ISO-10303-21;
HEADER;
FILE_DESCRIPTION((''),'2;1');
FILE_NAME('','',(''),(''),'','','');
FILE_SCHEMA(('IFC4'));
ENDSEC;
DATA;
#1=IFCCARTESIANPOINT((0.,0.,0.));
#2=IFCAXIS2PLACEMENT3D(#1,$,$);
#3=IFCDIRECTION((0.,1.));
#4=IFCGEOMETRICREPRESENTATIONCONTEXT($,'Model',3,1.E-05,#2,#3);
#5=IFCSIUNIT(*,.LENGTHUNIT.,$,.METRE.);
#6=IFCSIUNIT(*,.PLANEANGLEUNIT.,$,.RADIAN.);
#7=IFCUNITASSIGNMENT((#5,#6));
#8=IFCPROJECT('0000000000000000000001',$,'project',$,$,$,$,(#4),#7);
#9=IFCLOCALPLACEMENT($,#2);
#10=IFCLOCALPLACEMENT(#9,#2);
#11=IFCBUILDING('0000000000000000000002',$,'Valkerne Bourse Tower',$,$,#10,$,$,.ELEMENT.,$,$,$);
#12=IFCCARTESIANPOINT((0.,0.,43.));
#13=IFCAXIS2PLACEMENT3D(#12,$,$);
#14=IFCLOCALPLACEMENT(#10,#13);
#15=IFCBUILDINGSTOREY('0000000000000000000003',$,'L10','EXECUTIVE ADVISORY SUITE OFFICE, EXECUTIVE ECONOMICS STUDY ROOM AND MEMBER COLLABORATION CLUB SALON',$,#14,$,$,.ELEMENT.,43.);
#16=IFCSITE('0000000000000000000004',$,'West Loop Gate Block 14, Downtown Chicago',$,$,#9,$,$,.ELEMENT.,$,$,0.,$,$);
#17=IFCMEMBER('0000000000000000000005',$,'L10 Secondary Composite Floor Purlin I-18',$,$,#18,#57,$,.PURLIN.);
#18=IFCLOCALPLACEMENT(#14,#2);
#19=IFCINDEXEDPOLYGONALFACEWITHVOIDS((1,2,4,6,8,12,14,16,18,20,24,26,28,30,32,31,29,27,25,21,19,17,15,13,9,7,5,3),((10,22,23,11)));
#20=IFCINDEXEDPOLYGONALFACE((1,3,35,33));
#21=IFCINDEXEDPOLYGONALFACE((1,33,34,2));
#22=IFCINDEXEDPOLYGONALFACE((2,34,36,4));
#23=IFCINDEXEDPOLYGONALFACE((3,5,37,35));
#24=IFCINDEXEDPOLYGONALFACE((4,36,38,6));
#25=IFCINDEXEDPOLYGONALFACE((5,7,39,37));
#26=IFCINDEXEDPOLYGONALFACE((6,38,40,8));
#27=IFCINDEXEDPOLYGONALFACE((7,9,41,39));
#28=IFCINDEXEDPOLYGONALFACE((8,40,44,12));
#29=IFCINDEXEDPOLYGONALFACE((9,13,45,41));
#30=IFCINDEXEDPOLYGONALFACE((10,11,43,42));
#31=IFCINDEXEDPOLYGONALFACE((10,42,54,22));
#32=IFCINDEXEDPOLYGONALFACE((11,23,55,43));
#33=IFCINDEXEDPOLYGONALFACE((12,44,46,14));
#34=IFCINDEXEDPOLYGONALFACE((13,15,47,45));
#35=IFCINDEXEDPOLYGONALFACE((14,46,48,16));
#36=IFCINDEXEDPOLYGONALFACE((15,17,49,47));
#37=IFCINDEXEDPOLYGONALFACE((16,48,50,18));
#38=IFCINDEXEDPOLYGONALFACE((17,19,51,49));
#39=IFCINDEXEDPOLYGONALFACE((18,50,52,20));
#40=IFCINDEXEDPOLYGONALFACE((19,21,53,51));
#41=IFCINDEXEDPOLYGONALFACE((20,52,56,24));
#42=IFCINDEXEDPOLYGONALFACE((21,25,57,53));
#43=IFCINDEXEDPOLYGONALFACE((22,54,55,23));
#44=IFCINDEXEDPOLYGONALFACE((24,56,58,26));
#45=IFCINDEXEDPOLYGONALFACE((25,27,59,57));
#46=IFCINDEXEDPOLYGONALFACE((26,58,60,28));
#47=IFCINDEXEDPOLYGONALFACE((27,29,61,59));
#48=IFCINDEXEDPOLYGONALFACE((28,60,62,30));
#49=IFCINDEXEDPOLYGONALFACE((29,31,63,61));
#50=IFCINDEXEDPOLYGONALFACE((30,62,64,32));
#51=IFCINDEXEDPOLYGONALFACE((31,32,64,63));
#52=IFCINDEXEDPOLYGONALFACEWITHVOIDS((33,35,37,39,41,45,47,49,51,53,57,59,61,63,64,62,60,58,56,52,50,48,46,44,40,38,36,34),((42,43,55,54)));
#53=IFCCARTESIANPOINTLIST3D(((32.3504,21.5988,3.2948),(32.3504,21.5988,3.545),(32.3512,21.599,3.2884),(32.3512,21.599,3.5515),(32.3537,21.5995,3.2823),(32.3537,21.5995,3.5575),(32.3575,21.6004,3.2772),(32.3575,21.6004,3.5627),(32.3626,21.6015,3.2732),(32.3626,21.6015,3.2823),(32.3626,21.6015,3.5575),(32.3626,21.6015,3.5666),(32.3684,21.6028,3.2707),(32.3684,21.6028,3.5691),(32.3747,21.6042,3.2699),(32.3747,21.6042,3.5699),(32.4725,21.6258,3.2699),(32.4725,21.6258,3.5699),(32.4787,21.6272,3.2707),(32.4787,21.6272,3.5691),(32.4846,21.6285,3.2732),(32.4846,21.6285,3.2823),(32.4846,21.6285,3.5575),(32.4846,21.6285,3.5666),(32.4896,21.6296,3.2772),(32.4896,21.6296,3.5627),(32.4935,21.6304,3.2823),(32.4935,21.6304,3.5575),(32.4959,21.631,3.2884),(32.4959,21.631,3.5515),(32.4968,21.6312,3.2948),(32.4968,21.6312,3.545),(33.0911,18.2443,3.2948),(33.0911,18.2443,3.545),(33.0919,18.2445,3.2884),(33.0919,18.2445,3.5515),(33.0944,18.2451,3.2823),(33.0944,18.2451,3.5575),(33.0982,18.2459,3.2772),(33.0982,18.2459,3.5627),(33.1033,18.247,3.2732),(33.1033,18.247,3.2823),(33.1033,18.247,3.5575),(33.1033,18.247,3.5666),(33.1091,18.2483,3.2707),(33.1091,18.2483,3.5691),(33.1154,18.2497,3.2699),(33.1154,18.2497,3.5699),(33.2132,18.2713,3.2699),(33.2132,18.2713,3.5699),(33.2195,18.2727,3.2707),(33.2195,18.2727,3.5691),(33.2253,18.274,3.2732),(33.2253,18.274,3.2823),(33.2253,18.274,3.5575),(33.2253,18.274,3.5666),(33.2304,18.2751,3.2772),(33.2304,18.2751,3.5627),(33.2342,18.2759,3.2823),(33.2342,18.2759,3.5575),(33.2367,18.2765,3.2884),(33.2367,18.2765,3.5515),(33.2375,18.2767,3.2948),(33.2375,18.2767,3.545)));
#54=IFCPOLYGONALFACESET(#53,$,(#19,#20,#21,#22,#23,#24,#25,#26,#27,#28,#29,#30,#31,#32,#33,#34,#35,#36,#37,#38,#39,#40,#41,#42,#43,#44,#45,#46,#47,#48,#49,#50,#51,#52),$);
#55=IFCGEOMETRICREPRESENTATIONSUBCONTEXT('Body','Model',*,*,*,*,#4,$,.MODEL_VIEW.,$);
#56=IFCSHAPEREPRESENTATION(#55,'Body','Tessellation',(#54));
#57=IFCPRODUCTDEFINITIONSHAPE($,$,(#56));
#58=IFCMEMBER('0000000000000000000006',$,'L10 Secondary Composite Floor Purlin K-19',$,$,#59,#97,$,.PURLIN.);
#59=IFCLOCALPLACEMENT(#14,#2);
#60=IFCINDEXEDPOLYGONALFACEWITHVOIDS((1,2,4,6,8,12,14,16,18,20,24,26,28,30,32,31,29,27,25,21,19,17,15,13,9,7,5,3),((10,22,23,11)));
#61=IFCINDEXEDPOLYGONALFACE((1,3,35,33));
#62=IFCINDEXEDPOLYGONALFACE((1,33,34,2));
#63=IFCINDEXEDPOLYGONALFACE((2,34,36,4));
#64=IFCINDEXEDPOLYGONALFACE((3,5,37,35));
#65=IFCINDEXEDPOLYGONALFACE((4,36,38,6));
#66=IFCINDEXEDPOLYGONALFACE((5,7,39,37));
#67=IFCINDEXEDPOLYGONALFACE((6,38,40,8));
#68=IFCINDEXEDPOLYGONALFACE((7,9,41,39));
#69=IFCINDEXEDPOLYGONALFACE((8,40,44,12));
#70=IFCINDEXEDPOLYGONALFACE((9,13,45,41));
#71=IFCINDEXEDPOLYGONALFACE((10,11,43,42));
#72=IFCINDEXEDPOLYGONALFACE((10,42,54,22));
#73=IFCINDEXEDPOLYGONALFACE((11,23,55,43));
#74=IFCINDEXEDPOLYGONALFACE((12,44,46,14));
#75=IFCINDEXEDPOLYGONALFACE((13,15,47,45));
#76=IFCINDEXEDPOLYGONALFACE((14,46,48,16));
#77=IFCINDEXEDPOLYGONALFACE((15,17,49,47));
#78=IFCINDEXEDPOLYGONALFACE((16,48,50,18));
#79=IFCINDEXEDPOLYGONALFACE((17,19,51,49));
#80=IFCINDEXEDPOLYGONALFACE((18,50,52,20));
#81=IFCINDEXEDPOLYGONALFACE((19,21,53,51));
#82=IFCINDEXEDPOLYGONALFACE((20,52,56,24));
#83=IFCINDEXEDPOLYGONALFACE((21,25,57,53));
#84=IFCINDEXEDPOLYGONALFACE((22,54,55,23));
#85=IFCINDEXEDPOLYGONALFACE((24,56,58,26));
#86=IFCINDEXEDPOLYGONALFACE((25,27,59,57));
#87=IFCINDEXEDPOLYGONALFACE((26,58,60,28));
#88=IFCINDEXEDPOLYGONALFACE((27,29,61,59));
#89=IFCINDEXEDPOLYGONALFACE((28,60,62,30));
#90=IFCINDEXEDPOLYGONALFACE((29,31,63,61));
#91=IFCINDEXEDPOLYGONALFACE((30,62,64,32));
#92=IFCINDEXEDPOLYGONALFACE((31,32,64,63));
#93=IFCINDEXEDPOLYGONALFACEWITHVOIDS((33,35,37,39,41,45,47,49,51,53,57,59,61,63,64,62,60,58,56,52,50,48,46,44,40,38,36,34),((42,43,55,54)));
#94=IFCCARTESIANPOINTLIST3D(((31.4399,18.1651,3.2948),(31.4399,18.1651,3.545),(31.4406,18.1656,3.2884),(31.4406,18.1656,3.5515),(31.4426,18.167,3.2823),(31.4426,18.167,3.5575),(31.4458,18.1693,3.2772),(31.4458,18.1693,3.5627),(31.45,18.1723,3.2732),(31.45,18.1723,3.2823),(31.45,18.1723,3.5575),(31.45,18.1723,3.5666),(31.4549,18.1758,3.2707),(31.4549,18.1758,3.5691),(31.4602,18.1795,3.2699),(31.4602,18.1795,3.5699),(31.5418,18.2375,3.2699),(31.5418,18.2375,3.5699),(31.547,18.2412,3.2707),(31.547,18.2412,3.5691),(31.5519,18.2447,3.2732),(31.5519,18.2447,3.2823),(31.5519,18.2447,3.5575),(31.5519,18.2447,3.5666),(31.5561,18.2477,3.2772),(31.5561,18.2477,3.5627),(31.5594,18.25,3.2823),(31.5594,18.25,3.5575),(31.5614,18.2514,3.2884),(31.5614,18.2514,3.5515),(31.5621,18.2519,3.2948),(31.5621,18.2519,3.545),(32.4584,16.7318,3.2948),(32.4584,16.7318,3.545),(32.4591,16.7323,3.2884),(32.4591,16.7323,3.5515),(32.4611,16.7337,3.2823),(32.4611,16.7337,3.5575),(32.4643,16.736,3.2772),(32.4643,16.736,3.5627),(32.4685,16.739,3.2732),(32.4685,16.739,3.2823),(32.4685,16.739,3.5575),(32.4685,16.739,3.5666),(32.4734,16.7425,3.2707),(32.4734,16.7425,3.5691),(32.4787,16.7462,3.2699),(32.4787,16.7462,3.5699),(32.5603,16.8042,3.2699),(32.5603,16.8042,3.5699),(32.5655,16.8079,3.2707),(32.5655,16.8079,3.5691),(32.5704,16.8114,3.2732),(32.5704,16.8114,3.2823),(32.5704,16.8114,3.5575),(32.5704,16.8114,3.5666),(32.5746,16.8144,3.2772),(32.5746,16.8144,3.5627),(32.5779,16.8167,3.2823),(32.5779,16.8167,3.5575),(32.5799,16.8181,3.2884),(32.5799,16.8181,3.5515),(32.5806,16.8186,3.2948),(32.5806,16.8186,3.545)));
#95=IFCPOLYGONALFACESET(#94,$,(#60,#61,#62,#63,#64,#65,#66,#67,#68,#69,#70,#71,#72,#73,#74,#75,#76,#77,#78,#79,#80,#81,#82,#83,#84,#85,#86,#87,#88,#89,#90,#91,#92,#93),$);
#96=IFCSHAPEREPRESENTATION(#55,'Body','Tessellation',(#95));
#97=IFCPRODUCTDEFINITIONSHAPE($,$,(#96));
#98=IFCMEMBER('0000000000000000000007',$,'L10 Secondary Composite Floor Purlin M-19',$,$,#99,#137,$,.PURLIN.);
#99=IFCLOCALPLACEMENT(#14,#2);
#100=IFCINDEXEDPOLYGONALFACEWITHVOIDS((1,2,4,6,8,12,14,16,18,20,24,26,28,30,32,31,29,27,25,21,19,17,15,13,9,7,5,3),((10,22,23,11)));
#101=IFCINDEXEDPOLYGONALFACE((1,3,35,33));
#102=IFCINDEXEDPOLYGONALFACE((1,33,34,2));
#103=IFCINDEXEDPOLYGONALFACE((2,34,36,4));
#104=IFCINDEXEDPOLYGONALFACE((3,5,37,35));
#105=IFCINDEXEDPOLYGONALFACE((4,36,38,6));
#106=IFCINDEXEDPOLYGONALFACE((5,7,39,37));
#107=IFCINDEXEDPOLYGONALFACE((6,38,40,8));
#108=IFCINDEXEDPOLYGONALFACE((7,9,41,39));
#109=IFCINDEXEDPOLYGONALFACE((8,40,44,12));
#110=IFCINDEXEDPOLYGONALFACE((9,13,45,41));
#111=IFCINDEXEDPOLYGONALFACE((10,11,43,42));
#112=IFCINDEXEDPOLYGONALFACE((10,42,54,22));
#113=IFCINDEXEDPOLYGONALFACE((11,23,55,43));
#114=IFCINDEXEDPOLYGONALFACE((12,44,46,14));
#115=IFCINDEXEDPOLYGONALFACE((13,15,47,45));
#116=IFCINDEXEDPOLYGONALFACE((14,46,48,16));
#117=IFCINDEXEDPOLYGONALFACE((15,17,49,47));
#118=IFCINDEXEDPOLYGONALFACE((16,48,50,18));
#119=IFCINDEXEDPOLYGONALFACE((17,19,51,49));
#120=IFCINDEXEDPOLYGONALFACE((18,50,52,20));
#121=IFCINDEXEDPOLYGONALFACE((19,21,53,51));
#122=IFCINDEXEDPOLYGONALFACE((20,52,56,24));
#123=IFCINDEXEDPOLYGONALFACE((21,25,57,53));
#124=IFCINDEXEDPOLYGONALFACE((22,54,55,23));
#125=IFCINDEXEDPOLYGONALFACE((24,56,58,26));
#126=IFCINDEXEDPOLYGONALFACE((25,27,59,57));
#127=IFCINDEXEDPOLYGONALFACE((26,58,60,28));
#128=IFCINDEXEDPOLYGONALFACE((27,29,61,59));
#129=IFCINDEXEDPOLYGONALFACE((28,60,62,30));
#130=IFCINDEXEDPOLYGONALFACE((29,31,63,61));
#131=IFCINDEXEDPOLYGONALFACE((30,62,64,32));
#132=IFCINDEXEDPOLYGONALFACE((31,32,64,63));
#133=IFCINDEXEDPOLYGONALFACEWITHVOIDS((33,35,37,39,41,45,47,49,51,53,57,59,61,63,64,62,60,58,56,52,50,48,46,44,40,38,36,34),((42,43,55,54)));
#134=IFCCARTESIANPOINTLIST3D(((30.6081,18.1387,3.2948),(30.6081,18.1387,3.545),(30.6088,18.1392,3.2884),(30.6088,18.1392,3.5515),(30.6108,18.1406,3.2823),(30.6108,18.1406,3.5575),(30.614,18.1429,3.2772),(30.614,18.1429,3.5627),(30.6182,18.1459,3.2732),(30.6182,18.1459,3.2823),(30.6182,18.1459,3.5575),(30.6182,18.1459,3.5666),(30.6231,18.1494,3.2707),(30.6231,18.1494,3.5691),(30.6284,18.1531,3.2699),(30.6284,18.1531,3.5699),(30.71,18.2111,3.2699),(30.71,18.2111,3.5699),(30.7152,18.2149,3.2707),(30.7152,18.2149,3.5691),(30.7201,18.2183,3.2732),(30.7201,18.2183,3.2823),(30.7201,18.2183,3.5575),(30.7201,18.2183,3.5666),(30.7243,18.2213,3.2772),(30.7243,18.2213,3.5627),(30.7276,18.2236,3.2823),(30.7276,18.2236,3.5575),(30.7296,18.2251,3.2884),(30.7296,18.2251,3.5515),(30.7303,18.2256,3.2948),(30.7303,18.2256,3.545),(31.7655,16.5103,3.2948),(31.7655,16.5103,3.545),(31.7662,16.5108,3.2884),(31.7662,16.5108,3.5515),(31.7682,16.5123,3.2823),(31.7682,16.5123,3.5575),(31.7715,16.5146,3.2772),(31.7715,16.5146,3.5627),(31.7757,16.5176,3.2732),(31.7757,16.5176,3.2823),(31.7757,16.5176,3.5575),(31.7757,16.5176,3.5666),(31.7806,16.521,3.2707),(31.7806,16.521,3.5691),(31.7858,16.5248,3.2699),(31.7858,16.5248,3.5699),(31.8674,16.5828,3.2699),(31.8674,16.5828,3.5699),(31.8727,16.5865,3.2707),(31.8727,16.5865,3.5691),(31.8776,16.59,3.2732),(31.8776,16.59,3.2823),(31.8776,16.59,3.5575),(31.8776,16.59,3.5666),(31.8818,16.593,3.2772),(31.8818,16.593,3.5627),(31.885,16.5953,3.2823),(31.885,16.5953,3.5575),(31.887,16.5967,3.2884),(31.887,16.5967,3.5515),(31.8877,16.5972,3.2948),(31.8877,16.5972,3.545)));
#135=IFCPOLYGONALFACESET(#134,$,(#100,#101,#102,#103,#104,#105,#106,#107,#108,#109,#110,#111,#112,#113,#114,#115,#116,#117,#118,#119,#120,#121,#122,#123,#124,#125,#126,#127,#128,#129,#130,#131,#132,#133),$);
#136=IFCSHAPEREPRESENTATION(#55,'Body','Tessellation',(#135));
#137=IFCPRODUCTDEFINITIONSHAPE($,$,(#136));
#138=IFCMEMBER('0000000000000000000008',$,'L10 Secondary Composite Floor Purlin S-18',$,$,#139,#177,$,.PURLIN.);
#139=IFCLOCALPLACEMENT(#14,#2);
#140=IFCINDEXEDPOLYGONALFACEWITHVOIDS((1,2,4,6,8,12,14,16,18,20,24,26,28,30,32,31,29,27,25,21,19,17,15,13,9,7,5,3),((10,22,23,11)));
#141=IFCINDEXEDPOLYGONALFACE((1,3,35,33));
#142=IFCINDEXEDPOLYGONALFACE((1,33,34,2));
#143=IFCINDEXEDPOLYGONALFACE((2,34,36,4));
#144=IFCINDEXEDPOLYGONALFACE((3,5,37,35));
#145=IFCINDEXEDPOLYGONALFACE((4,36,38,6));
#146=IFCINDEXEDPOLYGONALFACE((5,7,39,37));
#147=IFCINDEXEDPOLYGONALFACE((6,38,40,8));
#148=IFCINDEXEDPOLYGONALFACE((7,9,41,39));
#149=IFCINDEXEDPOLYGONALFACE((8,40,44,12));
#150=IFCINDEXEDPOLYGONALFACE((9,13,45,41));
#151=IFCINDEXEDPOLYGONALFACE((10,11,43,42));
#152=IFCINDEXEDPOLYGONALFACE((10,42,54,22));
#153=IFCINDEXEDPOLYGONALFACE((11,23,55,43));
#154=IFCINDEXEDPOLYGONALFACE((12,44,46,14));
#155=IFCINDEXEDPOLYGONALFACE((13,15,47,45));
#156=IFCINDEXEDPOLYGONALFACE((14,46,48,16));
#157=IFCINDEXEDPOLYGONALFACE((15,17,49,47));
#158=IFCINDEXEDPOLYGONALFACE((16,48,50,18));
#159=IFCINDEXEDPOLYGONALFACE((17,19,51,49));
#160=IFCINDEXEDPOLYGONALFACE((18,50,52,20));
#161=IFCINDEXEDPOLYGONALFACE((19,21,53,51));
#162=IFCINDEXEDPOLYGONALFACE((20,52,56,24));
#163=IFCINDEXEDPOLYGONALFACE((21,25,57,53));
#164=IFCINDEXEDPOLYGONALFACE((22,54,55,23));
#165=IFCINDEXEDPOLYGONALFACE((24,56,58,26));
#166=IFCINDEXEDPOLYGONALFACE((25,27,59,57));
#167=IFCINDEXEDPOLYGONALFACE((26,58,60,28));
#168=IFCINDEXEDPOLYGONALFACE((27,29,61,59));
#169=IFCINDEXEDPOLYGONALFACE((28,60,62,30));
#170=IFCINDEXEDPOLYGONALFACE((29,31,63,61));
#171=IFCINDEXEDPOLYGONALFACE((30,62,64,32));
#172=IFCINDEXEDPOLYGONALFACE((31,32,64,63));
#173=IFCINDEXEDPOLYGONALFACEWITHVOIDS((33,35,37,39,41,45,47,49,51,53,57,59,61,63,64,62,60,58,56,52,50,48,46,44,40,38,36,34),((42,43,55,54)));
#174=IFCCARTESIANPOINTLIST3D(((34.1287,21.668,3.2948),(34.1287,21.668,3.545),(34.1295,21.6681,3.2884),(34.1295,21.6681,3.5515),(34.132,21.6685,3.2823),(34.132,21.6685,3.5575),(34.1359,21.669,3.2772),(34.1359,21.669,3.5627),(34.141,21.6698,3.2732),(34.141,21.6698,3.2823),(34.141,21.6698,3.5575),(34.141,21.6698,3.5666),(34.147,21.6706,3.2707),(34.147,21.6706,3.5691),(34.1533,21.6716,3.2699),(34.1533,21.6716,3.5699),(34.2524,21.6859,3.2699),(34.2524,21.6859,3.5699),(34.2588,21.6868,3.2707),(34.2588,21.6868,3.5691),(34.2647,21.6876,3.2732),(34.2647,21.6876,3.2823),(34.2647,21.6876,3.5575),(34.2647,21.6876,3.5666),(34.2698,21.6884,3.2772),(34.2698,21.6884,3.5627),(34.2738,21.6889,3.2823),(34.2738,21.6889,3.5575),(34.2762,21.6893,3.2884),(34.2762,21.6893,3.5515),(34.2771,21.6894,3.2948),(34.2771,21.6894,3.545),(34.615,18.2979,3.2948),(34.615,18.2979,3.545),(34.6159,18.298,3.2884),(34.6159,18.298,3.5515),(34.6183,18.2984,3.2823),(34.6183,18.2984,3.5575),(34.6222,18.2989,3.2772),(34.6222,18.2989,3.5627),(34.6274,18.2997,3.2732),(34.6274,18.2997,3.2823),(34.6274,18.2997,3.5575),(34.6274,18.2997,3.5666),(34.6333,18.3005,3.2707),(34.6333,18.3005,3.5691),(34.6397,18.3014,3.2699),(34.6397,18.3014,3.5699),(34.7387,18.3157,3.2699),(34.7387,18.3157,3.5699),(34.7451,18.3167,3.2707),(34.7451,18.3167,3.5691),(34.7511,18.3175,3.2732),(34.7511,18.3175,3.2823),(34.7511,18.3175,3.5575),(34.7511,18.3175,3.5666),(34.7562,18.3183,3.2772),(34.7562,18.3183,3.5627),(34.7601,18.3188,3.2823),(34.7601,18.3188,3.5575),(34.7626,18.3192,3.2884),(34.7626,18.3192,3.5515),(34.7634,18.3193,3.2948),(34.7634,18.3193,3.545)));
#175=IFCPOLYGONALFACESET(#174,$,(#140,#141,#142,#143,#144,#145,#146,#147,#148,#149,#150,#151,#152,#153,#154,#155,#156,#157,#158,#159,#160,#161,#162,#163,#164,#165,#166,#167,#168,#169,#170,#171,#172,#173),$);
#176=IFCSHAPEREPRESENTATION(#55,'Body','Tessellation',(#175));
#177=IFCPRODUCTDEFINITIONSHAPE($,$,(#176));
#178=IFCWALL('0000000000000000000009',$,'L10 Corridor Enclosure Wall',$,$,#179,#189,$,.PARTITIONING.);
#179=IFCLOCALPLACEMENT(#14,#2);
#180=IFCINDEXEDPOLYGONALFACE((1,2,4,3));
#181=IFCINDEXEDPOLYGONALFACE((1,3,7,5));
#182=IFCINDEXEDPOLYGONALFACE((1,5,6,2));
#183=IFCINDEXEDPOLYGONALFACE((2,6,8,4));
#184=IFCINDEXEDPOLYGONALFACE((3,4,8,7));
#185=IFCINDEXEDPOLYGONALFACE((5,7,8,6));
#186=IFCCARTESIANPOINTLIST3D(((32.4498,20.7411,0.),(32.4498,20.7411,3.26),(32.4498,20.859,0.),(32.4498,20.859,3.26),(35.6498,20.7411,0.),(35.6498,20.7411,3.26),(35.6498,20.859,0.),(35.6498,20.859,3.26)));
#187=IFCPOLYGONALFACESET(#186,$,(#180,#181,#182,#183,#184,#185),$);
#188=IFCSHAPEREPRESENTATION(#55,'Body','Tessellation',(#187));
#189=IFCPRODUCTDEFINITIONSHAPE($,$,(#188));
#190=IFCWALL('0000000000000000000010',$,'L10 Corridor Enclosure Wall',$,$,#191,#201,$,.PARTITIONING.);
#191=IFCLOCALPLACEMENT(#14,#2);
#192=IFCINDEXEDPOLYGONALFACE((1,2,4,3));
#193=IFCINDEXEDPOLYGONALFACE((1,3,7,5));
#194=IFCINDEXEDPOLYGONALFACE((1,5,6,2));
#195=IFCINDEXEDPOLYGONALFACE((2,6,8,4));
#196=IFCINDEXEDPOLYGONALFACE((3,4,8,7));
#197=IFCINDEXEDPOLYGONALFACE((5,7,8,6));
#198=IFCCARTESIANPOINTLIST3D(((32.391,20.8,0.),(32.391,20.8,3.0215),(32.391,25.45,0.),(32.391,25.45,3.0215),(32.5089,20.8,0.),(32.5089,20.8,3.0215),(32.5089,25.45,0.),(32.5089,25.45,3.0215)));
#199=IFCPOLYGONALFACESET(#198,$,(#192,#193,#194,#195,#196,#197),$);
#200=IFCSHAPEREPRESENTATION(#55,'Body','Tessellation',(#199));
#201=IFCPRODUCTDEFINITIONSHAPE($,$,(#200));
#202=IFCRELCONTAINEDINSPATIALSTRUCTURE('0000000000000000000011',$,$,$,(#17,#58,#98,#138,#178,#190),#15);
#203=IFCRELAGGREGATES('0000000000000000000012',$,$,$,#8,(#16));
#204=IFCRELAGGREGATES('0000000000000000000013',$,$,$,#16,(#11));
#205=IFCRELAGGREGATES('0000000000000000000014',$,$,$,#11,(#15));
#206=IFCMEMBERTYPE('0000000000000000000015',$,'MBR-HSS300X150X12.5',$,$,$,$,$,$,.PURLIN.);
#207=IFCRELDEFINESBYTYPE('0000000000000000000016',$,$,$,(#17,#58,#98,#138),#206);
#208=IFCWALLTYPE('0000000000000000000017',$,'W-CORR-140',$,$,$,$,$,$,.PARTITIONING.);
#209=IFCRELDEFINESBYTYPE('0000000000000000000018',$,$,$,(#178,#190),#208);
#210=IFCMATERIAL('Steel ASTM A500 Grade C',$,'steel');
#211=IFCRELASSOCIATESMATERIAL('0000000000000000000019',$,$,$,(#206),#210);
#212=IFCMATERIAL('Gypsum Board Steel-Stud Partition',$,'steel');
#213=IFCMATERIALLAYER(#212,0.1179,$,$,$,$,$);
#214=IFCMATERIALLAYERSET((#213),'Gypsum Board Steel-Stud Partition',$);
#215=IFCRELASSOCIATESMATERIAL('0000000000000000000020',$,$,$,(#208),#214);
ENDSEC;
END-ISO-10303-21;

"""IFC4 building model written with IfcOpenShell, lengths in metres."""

from ifc_helpers import new_model, si_unit, direction, frame, frame_2d, origin, origin_2d, place, context, subcontext, project, spatial, rectangle, hollow_rectangle, extrude, material, layer, layer_set, material_profile, profile_set, type_object, element, save


model = new_model("IFC4")

# Units and contexts
model_context = context("Model", 3, precision=1e-05, world=origin(), true_north=direction((0.0, 1.0)))
body_context = subcontext(model_context, "Body", "Model", "MODEL_VIEW")
ifc_project = project(units=[si_unit("LENGTHUNIT", "METRE"), si_unit("PLANEANGLEUNIT", "RADIAN")], contexts=[model_context])

# Site, building, storey
site_placement = place(None, origin())
site = spatial("IfcSite", under=ifc_project, at=site_placement, Name="West Loop Gate Block 14, Downtown Chicago", CompositionType="ELEMENT", RefElevation=0.0)
building_placement = place(site_placement, origin())
building = spatial("IfcBuilding", under=site, at=building_placement, Name="Valkerne Bourse Tower", CompositionType="ELEMENT")
storey_placement = place(building_placement, frame((0.0, 0.0, 43.0)))
storey = spatial("IfcBuildingStorey", under=building, at=storey_placement, Name="L10", Description="EXECUTIVE ADVISORY SUITE OFFICE, EXECUTIVE ECONOMICS STUDY ROOM AND MEMBER COLLABORATION CLUB SALON", CompositionType="ELEMENT", Elevation=43.0)

# Members
ifc_material_1 = material(Name="Steel ASTM A500 Grade C", Category="steel")
ifc_material_profile = material_profile(ifc_material_1, hollow_rectangle(XDim=0.1499, YDim=0.3, WallThickness=0.0125, OuterFilletRadius=0.0249, at=origin_2d()), Name="HSS300X150X12.5")
ifc_profile_set = profile_set([ifc_material_profile], Name="Steel ASTM A500 Grade C")
member_type = type_object("IfcMemberType", Name="MBR-HSS300X150X12.5", PredefinedType="PURLIN", material=ifc_profile_set)
member_1_placement = place(storey_placement, frame((32.4236, 21.615, 3.4199), z_axis=(0.215621, -0.976477, 0.0), x_axis=(0.976477, 0.215621, 0.0)))
element("IfcMember", 1, at=member_1_placement, inside=storey, type_object=member_type, Name="L10 Secondary Composite Floor Purlin I-18", PredefinedType="PURLIN", context=body_context, shape_type="SweptSolid", body=[
    extrude(hollow_rectangle(XDim=0.1499, YDim=0.3, WallThickness=0.0125, OuterFilletRadius=0.0249, at=origin_2d()), origin(), (0.0, 0.0, 1.0), 3.4353),
])
member_2_placement = place(storey_placement, frame((31.501, 18.2085, 3.4199), z_axis=(0.579253, -0.815148, 0.0), x_axis=(0.815148, 0.579253, 0.0)))
element("IfcMember", 2, at=member_2_placement, inside=storey, type_object=member_type, Name="L10 Secondary Composite Floor Purlin K-19", PredefinedType="PURLIN", context=body_context, shape_type="SweptSolid", body=[
    extrude(hollow_rectangle(XDim=0.1499, YDim=0.3, WallThickness=0.0125, OuterFilletRadius=0.0249, at=origin_2d()), origin(), (0.0, 0.0, 1.0), 1.7583),
])
member_3_placement = place(storey_placement, frame((30.6692, 18.1821, 3.4199), z_axis=(0.579352, -0.815077, 0.0), x_axis=(0.815077, 0.579352, 0.0)))
element("IfcMember", 3, at=member_3_placement, inside=storey, type_object=member_type, Name="L10 Secondary Composite Floor Purlin M-19", PredefinedType="PURLIN", context=body_context, shape_type="SweptSolid", body=[
    extrude(hollow_rectangle(XDim=0.1499, YDim=0.3, WallThickness=0.0125, OuterFilletRadius=0.0249, at=origin_2d()), origin(), (0.0, 0.0, 1.0), 1.9978),
])
member_4_placement = place(storey_placement, frame((34.2029, 21.6787, 3.4199), z_axis=(0.142827, -0.989748, 0.0), x_axis=(0.989748, 0.142827, 0.0)))
element("IfcMember", 4, at=member_4_placement, inside=storey, type_object=member_type, Name="L10 Secondary Composite Floor Purlin S-18", PredefinedType="PURLIN", context=body_context, shape_type="SweptSolid", body=[
    extrude(hollow_rectangle(XDim=0.1499, YDim=0.3, WallThickness=0.0125, OuterFilletRadius=0.0249, at=origin_2d()), origin(), (0.0, 0.0, 1.0), 3.405),
])

# Walls
ifc_material_2 = material(Name="Gypsum Board Steel-Stud Partition", Category="steel")
ifc_layer_1 = layer(ifc_material_2, 0.1179)
ifc_layer_set_1 = layer_set([ifc_layer_1], Name="Gypsum Board Steel-Stud Partition")
wall_type_1 = type_object("IfcWallType", Name="W-CORR-140", PredefinedType="PARTITIONING", material=ifc_layer_set_1)
wall_1_placement = place(storey_placement, frame((35.6499, 20.8, 0.0), z_axis=(0.0, 0.0, 1.0), x_axis=(-1.0, 0.0, 0.0)))
element("IfcWall", 5, at=wall_1_placement, inside=storey, type_object=wall_type_1, Name="L10 Corridor Enclosure Wall", PredefinedType="PARTITIONING", context=body_context, shape_type="SweptSolid", body=[
    extrude(rectangle(XDim=3.2, YDim=0.1179, at=frame_2d((1.6001, 0.0))), origin(), (0.0, 0.0, 1.0), 3.26),
])
wall_2_placement = place(storey_placement, frame((32.45, 20.8, 0.0), z_axis=(0.0, 0.0, 1.0), x_axis=(0.0, 1.0, 0.0)))
element("IfcWall", 6, at=wall_2_placement, inside=storey, type_object=wall_type_1, Name="L10 Corridor Enclosure Wall", PredefinedType="PARTITIONING", context=body_context, shape_type="SweptSolid", body=[
    extrude(rectangle(XDim=4.6499, YDim=0.1179, at=frame_2d((2.325, 0.0))), origin(), (0.0, 0.0, 1.0), 3.0215),
])

save(model, "model.ifc")
